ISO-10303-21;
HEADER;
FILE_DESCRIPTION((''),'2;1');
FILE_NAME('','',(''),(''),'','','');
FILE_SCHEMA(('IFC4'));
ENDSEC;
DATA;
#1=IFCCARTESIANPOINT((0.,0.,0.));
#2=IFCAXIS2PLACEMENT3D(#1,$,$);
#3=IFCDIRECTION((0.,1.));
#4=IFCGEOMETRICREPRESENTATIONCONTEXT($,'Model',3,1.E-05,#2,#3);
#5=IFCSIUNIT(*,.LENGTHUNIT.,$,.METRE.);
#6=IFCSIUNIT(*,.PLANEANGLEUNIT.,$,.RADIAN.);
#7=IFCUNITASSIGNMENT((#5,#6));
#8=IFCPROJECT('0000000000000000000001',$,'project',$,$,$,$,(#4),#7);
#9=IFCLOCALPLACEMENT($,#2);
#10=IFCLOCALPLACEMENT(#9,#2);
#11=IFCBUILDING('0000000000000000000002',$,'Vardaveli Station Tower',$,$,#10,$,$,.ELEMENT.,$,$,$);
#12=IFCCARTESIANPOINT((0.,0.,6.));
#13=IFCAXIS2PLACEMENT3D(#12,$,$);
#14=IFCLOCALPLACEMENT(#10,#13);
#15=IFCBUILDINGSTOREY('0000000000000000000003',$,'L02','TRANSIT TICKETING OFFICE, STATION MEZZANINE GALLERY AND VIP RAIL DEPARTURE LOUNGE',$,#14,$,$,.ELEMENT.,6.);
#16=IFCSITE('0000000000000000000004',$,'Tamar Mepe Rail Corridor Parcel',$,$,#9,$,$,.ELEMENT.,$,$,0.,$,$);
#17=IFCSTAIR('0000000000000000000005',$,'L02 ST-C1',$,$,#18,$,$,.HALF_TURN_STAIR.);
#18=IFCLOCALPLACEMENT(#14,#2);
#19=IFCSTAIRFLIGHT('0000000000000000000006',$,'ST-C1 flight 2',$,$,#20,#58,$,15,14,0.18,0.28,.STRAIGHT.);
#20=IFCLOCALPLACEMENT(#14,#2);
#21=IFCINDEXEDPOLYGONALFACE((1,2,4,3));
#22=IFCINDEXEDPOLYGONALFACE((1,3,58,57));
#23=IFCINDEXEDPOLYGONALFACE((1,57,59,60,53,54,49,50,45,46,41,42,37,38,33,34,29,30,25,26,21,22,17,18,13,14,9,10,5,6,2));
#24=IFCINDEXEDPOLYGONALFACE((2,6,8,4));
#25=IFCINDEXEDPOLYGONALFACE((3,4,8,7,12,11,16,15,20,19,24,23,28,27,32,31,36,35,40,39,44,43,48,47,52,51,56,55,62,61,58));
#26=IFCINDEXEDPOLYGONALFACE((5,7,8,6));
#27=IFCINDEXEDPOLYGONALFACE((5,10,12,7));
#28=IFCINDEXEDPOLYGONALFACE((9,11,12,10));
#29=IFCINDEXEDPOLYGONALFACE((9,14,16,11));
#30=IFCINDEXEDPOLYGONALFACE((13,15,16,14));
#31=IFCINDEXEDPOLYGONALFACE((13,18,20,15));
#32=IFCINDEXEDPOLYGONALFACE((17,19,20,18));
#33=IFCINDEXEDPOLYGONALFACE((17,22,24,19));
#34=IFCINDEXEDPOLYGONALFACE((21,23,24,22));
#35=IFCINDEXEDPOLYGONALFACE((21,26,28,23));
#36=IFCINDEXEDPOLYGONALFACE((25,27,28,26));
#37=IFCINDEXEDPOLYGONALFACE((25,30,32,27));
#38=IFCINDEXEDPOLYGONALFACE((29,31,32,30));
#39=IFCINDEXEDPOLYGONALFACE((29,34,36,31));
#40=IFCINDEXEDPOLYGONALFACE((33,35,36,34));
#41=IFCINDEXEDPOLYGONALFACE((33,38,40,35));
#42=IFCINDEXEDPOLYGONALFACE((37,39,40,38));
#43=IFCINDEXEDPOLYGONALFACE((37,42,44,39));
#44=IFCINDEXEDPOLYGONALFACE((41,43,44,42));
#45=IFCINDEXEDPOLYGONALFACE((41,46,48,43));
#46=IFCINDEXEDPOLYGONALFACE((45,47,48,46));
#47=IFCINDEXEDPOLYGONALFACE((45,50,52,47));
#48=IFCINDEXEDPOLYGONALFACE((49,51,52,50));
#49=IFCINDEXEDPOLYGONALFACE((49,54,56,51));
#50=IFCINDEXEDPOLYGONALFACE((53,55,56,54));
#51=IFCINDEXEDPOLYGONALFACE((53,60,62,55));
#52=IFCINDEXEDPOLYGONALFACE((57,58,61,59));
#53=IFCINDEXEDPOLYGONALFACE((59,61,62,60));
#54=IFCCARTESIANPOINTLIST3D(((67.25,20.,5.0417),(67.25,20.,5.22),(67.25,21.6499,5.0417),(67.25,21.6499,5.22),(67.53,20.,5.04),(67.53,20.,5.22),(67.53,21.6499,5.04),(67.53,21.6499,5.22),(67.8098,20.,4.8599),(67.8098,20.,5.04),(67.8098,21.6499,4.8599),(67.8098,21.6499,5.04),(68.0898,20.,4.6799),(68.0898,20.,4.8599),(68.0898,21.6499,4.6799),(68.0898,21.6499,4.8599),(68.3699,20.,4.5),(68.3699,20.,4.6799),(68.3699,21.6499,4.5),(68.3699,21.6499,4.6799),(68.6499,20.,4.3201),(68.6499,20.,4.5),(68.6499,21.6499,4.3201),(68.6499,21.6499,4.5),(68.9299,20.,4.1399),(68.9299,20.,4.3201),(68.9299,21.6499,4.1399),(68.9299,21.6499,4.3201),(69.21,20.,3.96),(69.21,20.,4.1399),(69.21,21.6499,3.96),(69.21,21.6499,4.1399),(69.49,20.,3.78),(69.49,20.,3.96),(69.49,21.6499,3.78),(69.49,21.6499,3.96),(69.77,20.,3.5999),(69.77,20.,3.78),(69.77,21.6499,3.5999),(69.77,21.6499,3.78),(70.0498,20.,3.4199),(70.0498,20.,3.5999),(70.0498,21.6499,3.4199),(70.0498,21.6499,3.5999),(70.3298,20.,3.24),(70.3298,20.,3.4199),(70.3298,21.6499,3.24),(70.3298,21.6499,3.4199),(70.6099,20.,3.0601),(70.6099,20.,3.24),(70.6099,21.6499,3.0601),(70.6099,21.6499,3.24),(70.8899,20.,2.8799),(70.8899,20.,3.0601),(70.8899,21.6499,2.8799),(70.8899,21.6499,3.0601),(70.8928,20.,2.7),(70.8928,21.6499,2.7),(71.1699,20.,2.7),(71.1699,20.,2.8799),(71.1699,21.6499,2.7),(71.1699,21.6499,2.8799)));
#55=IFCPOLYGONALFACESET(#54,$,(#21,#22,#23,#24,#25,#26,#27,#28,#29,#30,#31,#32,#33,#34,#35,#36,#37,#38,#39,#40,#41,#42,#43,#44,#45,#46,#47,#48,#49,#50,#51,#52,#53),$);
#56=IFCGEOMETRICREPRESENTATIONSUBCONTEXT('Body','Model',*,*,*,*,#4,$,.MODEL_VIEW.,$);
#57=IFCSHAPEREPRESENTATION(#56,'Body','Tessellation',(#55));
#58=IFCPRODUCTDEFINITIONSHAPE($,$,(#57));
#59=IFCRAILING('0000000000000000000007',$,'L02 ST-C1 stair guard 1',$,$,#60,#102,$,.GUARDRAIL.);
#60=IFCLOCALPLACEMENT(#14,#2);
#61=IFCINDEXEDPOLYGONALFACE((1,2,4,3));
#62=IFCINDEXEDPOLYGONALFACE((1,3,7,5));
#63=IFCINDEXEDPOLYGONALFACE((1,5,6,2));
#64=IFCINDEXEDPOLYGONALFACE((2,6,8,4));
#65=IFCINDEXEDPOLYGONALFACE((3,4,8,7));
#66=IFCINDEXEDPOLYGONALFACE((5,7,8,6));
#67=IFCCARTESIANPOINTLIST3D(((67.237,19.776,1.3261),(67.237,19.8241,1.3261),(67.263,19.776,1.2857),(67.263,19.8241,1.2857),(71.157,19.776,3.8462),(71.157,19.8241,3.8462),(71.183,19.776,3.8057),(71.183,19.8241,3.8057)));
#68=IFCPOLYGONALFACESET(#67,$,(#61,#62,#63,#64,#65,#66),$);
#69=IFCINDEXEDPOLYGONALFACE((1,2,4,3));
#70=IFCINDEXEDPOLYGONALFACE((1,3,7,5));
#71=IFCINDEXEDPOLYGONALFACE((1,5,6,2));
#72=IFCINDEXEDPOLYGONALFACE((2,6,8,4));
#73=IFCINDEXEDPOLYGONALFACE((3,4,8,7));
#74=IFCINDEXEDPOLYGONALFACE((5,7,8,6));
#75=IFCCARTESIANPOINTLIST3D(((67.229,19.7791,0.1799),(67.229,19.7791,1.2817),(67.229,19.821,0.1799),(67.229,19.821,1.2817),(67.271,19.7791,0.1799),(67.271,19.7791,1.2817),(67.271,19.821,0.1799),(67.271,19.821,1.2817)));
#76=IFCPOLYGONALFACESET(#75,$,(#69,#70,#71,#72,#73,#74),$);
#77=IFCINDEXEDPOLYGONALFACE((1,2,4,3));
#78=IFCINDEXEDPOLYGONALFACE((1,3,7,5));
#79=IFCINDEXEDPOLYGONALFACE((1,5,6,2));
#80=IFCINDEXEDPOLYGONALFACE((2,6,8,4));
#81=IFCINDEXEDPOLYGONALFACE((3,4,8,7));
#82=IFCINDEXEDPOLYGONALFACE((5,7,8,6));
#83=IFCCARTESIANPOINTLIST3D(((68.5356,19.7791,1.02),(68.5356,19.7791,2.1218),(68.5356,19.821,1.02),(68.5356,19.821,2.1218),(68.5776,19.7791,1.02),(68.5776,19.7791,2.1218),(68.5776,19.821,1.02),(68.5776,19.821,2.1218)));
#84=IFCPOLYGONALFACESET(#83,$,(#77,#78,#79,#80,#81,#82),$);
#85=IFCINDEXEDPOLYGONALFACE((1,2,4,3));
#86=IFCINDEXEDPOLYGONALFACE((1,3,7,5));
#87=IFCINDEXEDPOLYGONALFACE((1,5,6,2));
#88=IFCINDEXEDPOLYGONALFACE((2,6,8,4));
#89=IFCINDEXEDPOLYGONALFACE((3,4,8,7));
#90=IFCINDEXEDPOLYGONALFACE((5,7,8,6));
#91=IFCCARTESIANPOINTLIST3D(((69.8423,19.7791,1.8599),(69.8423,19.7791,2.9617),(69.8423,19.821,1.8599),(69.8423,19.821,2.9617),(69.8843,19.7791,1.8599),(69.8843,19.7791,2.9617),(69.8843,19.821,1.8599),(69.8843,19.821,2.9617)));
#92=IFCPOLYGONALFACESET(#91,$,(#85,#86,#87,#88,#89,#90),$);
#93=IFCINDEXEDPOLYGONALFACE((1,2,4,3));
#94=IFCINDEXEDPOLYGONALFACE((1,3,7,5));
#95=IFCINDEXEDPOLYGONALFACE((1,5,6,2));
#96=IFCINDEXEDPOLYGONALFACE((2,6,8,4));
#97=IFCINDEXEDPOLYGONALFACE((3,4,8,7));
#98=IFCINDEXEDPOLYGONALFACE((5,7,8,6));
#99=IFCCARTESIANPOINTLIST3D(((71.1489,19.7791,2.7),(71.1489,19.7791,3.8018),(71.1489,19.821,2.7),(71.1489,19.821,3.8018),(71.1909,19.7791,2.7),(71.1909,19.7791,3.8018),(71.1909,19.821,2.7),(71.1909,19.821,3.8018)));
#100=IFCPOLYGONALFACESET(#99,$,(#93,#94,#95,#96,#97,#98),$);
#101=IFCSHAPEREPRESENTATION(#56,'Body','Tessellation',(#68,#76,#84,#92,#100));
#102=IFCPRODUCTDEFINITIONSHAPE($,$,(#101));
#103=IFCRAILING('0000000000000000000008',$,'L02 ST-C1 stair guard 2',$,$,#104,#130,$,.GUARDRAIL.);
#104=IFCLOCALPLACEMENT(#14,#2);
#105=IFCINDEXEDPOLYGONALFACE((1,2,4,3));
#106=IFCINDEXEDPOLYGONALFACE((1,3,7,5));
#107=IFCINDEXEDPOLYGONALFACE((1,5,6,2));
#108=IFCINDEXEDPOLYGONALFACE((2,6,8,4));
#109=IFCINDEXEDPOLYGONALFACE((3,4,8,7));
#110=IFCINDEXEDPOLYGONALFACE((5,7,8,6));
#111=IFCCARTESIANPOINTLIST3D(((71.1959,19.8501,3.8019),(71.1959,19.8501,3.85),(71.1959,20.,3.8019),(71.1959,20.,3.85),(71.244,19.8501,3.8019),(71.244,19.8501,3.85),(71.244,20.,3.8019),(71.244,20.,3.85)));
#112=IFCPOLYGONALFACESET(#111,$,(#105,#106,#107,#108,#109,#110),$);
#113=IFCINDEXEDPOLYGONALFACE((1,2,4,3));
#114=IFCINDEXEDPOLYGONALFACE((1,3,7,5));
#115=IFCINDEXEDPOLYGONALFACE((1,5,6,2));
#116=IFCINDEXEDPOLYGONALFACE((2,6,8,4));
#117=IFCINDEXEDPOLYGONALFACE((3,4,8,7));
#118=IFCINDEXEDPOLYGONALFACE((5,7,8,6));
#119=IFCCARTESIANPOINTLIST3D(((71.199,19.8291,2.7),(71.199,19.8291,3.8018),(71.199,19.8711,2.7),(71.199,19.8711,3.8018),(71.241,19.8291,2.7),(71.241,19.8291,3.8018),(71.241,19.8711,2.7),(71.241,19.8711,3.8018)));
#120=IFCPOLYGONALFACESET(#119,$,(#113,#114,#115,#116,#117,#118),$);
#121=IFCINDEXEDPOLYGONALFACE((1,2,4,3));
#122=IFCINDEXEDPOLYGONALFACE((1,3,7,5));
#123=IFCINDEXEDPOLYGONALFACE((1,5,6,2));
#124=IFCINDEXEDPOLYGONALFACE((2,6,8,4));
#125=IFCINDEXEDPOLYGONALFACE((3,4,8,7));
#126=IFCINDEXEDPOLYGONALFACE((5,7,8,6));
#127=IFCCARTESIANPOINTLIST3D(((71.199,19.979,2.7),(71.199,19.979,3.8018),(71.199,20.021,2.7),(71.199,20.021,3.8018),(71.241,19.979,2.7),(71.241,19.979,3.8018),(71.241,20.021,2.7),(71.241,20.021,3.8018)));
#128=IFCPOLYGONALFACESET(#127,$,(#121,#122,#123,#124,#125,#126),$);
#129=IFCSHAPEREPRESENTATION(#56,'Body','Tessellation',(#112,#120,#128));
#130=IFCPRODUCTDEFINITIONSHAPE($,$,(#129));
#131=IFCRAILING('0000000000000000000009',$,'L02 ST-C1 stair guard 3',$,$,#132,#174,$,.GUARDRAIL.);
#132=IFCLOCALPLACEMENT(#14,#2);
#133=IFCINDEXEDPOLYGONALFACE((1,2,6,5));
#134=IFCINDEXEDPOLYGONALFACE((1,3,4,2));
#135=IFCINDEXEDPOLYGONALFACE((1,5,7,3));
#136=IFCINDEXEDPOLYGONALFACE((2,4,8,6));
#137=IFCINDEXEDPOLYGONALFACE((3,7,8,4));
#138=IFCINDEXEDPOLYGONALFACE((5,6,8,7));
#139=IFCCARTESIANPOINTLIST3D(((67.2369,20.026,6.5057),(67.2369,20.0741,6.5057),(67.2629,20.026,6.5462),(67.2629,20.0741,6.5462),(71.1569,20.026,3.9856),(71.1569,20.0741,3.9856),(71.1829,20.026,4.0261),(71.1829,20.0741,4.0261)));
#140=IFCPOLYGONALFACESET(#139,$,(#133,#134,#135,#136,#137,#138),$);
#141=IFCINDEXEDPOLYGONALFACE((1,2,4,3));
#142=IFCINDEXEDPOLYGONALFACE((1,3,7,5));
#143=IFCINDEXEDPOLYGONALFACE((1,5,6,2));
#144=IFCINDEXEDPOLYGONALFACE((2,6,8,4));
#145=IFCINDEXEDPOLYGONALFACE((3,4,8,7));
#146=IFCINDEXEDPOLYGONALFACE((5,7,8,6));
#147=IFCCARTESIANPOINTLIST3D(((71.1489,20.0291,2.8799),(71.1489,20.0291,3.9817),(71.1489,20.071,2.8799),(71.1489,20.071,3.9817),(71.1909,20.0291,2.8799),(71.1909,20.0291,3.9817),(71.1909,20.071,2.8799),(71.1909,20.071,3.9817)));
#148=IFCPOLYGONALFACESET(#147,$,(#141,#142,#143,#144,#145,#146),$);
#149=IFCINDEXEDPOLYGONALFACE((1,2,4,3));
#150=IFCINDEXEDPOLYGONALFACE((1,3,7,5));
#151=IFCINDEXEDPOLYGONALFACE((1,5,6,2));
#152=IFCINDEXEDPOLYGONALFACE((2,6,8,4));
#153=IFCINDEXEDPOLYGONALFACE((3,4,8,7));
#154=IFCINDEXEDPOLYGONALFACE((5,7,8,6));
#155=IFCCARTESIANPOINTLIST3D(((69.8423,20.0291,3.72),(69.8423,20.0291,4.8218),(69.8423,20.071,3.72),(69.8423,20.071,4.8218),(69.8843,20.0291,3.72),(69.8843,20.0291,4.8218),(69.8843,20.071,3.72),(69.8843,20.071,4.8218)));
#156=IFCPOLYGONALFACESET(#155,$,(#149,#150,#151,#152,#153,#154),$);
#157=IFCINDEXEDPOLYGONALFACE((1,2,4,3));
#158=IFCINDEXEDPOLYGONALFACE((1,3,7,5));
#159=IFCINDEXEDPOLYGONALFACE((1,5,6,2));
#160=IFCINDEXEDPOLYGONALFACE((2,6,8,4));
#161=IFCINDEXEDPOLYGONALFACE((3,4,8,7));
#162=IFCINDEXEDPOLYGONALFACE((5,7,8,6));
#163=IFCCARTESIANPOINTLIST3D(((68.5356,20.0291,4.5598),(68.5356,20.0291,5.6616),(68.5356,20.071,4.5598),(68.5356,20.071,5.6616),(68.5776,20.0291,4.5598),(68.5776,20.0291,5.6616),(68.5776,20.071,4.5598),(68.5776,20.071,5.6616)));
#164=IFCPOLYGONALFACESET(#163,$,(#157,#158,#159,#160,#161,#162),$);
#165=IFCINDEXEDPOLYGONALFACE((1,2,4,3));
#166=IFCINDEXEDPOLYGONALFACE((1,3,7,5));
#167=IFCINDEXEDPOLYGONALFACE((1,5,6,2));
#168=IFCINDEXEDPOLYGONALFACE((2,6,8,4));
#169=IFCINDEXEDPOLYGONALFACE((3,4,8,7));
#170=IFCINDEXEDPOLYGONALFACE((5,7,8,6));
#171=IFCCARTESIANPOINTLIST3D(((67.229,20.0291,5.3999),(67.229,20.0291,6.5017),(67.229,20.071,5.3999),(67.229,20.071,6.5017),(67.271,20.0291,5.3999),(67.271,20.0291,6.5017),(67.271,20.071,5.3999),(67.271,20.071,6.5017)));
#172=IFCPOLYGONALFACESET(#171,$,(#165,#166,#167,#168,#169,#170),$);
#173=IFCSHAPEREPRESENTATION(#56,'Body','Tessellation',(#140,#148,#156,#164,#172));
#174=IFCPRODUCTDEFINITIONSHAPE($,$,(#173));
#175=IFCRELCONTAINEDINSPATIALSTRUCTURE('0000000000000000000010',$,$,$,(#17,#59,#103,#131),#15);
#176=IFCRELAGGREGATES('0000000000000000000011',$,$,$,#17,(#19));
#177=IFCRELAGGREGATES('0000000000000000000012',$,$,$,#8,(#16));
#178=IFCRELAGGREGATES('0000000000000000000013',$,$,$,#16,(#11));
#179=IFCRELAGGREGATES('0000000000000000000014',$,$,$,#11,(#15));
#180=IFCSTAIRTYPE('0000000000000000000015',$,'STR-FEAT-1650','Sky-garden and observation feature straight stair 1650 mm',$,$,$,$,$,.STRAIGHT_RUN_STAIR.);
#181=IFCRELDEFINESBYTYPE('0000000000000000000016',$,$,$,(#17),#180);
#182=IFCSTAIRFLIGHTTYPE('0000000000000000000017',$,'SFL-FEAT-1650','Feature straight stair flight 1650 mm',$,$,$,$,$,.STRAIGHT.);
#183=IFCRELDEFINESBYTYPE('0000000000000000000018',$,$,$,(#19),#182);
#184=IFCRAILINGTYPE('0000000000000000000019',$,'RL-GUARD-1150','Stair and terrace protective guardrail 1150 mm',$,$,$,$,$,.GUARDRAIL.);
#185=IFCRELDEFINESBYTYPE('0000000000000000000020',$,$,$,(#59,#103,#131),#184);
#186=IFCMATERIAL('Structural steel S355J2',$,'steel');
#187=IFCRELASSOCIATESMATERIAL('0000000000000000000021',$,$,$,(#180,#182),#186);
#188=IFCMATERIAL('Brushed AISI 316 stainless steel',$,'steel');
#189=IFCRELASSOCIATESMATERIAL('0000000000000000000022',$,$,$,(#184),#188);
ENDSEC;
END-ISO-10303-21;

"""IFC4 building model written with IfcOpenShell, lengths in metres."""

from ifc_helpers import new_model, si_unit, direction, frame, origin, origin_2d, place, context, subcontext, project, spatial, polyline, rectangle, outline, extrude, source, transform, mapped, material, type_object, element, aggregate, save


model = new_model("IFC4")

# Units and contexts
model_context = context("Model", 3, precision=1e-05, world=origin(), true_north=direction((0.0, 1.0)))
body_context = subcontext(model_context, "Body", "Model", "MODEL_VIEW")
ifc_project = project(units=[si_unit("LENGTHUNIT", "METRE"), si_unit("PLANEANGLEUNIT", "RADIAN")], contexts=[model_context])

# Site, building, storey
site_placement = place(None, origin())
site = spatial("IfcSite", under=ifc_project, at=site_placement, Name="Tamar Mepe Rail Corridor Parcel", CompositionType="ELEMENT", RefElevation=0.0)
building_placement = place(site_placement, origin())
building = spatial("IfcBuilding", under=site, at=building_placement, Name="Vardaveli Station Tower", CompositionType="ELEMENT")
storey_placement = place(building_placement, frame((0.0, 0.0, 6.0)))
storey = spatial("IfcBuildingStorey", under=building, at=storey_placement, Name="L02", Description="TRANSIT TICKETING OFFICE, STATION MEZZANINE GALLERY AND VIP RAIL DEPARTURE LOUNGE", CompositionType="ELEMENT", Elevation=6.0)

# Shared definitions
ifc_material_1 = material(Name="Structural steel S355J2", Category="steel")

# Stair, stair flight
stair_type = type_object("IfcStairType", Name="STR-FEAT-1650", Description="Sky-garden and observation feature straight stair 1650 mm", PredefinedType="STRAIGHT_RUN_STAIR", material=ifc_material_1)
stair_placement = place(storey_placement, origin())
stair = element("IfcStair", 1, at=stair_placement, inside=storey, type_object=stair_type, Name="L02 ST-C1", PredefinedType="HALF_TURN_STAIR")
stair_flight_type = type_object("IfcStairFlightType", Name="SFL-FEAT-1650", Description="Feature straight stair flight 1650 mm", PredefinedType="STRAIGHT", material=ifc_material_1)
shared_shape_1 = source(origin(), body_context, "Body", "SweptSolid", [
    extrude(outline(polyline([(0.0, 0.0), (0.0, 0.1799), (0.28, 0.1799), (0.28, 0.3601), (0.5601, 0.3601), (0.5601, 0.54), (0.8401, 0.54), (0.8401, 0.72), (1.1201, 0.72), (1.1201, 0.8999), (1.3999, 0.8999), (1.3999, 1.0801), (1.6799, 1.0801), (1.6799, 1.26), (1.96, 1.26), (1.96, 1.4399), (2.24, 1.4399), (2.24, 1.6201), (2.52, 1.6201), (2.52, 1.8), (2.8, 1.8), (2.8, 1.98), (3.0801, 1.98), (3.0801, 2.1599), (3.3601, 2.1599), (3.3601, 2.3401), (3.6399, 2.3401), (3.6399, 2.52), (3.9199, 2.52), (3.9199, 2.7), (3.9199, 2.3418), (0.2771, 0.0), (0.0, 0.0)])), frame((0.0, 0.825, 0.0), z_axis=(0.0, -1.0, 0.0), x_axis=(1.0, 0.0, 0.0)), (0.0, 0.0, 1.0), 1.6499),
])
stair_flight_1_placement = place(storey_placement, frame((71.1699, 20.825, 2.7), z_axis=(0.0, 0.0, 1.0), x_axis=(-1.0, 0.0, 0.0)))
stair_flight_1 = element("IfcStairFlight", 2, at=stair_flight_1_placement, type_object=stair_flight_type, Name="ST-C1 flight 2", NumberOfRisers=15, NumberOfTreads=14, PredefinedType="STRAIGHT", RiserHeight=0.18, TreadLength=0.28, context=body_context, shape_type="MappedRepresentation", body=[
    mapped(shared_shape_1, transform((0.0, 0.0, 0.0), scale=1.0)),
])
aggregate(stair, [stair_flight_1])

# Railings
ifc_material_2 = material(Name="Brushed AISI 316 stainless steel", Category="steel")
railing_type_1 = type_object("IfcRailingType", Name="RL-GUARD-1150", Description="Stair and terrace protective guardrail 1150 mm", PredefinedType="GUARDRAIL", material=ifc_material_2)
shared_shape_2 = source(origin(), body_context, "Body", "SweptSolid", [
    extrude(rectangle(XDim=0.0481, YDim=0.0481, at=origin_2d()), frame((0.0, 0.0, 1.126), z_axis=(0.841172, 0.0, 0.540768), x_axis=(0.0, 1.0, 0.0)), (0.0, 0.0, 1.0), 4.6602),
    extrude(rectangle(XDim=0.042, YDim=0.042, at=origin_2d()), origin(), (0.0, 0.0, 1.0), 1.1018),
    extrude(rectangle(XDim=0.042, YDim=0.042, at=origin_2d()), frame((1.3066, 0.0, 0.8401)), (0.0, 0.0, 1.0), 1.1018),
    extrude(rectangle(XDim=0.042, YDim=0.042, at=origin_2d()), frame((2.6133, 0.0, 1.6799)), (0.0, 0.0, 1.0), 1.1018),
    extrude(rectangle(XDim=0.042, YDim=0.042, at=origin_2d()), frame((3.9199, 0.0, 2.52)), (0.0, 0.0, 1.0), 1.1018),
])
railing_1_placement = place(storey_placement, frame((67.25, 19.8, 0.1799)))
element("IfcRailing", 3, at=railing_1_placement, inside=storey, type_object=railing_type_1, Name="L02 ST-C1 stair guard 1", PredefinedType="GUARDRAIL", context=body_context, shape_type="MappedRepresentation", body=[
    mapped(shared_shape_2, transform((0.0, 0.0, 0.0), scale=1.0)),
])
shared_shape_3 = source(origin(), body_context, "Body", "SweptSolid", [
    extrude(rectangle(XDim=0.0481, YDim=0.0481, at=origin_2d()), frame((0.0, 0.0, 1.126), z_axis=(0.0, 1.0, 0.0), x_axis=(-1.0, 0.0, 0.0)), (0.0, 0.0, 1.0), 0.1499),
    extrude(rectangle(XDim=0.042, YDim=0.042, at=origin_2d()), origin(), (0.0, 0.0, 1.0), 1.1018),
    extrude(rectangle(XDim=0.042, YDim=0.042, at=origin_2d()), frame((0.0, 0.1499, 0.0)), (0.0, 0.0, 1.0), 1.1018),
])
railing_2_placement = place(storey_placement, frame((71.22, 19.8501, 2.7)))
element("IfcRailing", 4, at=railing_2_placement, inside=storey, type_object=railing_type_1, Name="L02 ST-C1 stair guard 2", PredefinedType="GUARDRAIL", context=body_context, shape_type="MappedRepresentation", body=[
    mapped(shared_shape_3, transform((0.0, 0.0, 0.0), scale=1.0)),
])
shared_shape_4 = source(origin(), body_context, "Body", "SweptSolid", [
    extrude(rectangle(XDim=0.0481, YDim=0.0481, at=origin_2d()), frame((0.0, 0.0, 1.126), z_axis=(-0.841172, 0.0, 0.540768), x_axis=(0.0, -1.0, 0.0)), (0.0, 0.0, 1.0), 4.6602),
    extrude(rectangle(XDim=0.042, YDim=0.042, at=origin_2d()), origin(), (0.0, 0.0, 1.0), 1.1018),
    extrude(rectangle(XDim=0.042, YDim=0.042, at=origin_2d()), frame((-1.3066, 0.0, 0.8401)), (0.0, 0.0, 1.0), 1.1018),
    extrude(rectangle(XDim=0.042, YDim=0.042, at=origin_2d()), frame((-2.6133, 0.0, 1.6799)), (0.0, 0.0, 1.0), 1.1018),
    extrude(rectangle(XDim=0.042, YDim=0.042, at=origin_2d()), frame((-3.9199, 0.0, 2.52)), (0.0, 0.0, 1.0), 1.1018),
])
railing_3_placement = place(storey_placement, frame((71.1699, 20.05, 2.8799)))
element("IfcRailing", 5, at=railing_3_placement, inside=storey, type_object=railing_type_1, Name="L02 ST-C1 stair guard 3", PredefinedType="GUARDRAIL", context=body_context, shape_type="MappedRepresentation", body=[
    mapped(shared_shape_4, transform((0.0, 0.0, 0.0), scale=1.0)),
])

save(model, "model.ifc")
